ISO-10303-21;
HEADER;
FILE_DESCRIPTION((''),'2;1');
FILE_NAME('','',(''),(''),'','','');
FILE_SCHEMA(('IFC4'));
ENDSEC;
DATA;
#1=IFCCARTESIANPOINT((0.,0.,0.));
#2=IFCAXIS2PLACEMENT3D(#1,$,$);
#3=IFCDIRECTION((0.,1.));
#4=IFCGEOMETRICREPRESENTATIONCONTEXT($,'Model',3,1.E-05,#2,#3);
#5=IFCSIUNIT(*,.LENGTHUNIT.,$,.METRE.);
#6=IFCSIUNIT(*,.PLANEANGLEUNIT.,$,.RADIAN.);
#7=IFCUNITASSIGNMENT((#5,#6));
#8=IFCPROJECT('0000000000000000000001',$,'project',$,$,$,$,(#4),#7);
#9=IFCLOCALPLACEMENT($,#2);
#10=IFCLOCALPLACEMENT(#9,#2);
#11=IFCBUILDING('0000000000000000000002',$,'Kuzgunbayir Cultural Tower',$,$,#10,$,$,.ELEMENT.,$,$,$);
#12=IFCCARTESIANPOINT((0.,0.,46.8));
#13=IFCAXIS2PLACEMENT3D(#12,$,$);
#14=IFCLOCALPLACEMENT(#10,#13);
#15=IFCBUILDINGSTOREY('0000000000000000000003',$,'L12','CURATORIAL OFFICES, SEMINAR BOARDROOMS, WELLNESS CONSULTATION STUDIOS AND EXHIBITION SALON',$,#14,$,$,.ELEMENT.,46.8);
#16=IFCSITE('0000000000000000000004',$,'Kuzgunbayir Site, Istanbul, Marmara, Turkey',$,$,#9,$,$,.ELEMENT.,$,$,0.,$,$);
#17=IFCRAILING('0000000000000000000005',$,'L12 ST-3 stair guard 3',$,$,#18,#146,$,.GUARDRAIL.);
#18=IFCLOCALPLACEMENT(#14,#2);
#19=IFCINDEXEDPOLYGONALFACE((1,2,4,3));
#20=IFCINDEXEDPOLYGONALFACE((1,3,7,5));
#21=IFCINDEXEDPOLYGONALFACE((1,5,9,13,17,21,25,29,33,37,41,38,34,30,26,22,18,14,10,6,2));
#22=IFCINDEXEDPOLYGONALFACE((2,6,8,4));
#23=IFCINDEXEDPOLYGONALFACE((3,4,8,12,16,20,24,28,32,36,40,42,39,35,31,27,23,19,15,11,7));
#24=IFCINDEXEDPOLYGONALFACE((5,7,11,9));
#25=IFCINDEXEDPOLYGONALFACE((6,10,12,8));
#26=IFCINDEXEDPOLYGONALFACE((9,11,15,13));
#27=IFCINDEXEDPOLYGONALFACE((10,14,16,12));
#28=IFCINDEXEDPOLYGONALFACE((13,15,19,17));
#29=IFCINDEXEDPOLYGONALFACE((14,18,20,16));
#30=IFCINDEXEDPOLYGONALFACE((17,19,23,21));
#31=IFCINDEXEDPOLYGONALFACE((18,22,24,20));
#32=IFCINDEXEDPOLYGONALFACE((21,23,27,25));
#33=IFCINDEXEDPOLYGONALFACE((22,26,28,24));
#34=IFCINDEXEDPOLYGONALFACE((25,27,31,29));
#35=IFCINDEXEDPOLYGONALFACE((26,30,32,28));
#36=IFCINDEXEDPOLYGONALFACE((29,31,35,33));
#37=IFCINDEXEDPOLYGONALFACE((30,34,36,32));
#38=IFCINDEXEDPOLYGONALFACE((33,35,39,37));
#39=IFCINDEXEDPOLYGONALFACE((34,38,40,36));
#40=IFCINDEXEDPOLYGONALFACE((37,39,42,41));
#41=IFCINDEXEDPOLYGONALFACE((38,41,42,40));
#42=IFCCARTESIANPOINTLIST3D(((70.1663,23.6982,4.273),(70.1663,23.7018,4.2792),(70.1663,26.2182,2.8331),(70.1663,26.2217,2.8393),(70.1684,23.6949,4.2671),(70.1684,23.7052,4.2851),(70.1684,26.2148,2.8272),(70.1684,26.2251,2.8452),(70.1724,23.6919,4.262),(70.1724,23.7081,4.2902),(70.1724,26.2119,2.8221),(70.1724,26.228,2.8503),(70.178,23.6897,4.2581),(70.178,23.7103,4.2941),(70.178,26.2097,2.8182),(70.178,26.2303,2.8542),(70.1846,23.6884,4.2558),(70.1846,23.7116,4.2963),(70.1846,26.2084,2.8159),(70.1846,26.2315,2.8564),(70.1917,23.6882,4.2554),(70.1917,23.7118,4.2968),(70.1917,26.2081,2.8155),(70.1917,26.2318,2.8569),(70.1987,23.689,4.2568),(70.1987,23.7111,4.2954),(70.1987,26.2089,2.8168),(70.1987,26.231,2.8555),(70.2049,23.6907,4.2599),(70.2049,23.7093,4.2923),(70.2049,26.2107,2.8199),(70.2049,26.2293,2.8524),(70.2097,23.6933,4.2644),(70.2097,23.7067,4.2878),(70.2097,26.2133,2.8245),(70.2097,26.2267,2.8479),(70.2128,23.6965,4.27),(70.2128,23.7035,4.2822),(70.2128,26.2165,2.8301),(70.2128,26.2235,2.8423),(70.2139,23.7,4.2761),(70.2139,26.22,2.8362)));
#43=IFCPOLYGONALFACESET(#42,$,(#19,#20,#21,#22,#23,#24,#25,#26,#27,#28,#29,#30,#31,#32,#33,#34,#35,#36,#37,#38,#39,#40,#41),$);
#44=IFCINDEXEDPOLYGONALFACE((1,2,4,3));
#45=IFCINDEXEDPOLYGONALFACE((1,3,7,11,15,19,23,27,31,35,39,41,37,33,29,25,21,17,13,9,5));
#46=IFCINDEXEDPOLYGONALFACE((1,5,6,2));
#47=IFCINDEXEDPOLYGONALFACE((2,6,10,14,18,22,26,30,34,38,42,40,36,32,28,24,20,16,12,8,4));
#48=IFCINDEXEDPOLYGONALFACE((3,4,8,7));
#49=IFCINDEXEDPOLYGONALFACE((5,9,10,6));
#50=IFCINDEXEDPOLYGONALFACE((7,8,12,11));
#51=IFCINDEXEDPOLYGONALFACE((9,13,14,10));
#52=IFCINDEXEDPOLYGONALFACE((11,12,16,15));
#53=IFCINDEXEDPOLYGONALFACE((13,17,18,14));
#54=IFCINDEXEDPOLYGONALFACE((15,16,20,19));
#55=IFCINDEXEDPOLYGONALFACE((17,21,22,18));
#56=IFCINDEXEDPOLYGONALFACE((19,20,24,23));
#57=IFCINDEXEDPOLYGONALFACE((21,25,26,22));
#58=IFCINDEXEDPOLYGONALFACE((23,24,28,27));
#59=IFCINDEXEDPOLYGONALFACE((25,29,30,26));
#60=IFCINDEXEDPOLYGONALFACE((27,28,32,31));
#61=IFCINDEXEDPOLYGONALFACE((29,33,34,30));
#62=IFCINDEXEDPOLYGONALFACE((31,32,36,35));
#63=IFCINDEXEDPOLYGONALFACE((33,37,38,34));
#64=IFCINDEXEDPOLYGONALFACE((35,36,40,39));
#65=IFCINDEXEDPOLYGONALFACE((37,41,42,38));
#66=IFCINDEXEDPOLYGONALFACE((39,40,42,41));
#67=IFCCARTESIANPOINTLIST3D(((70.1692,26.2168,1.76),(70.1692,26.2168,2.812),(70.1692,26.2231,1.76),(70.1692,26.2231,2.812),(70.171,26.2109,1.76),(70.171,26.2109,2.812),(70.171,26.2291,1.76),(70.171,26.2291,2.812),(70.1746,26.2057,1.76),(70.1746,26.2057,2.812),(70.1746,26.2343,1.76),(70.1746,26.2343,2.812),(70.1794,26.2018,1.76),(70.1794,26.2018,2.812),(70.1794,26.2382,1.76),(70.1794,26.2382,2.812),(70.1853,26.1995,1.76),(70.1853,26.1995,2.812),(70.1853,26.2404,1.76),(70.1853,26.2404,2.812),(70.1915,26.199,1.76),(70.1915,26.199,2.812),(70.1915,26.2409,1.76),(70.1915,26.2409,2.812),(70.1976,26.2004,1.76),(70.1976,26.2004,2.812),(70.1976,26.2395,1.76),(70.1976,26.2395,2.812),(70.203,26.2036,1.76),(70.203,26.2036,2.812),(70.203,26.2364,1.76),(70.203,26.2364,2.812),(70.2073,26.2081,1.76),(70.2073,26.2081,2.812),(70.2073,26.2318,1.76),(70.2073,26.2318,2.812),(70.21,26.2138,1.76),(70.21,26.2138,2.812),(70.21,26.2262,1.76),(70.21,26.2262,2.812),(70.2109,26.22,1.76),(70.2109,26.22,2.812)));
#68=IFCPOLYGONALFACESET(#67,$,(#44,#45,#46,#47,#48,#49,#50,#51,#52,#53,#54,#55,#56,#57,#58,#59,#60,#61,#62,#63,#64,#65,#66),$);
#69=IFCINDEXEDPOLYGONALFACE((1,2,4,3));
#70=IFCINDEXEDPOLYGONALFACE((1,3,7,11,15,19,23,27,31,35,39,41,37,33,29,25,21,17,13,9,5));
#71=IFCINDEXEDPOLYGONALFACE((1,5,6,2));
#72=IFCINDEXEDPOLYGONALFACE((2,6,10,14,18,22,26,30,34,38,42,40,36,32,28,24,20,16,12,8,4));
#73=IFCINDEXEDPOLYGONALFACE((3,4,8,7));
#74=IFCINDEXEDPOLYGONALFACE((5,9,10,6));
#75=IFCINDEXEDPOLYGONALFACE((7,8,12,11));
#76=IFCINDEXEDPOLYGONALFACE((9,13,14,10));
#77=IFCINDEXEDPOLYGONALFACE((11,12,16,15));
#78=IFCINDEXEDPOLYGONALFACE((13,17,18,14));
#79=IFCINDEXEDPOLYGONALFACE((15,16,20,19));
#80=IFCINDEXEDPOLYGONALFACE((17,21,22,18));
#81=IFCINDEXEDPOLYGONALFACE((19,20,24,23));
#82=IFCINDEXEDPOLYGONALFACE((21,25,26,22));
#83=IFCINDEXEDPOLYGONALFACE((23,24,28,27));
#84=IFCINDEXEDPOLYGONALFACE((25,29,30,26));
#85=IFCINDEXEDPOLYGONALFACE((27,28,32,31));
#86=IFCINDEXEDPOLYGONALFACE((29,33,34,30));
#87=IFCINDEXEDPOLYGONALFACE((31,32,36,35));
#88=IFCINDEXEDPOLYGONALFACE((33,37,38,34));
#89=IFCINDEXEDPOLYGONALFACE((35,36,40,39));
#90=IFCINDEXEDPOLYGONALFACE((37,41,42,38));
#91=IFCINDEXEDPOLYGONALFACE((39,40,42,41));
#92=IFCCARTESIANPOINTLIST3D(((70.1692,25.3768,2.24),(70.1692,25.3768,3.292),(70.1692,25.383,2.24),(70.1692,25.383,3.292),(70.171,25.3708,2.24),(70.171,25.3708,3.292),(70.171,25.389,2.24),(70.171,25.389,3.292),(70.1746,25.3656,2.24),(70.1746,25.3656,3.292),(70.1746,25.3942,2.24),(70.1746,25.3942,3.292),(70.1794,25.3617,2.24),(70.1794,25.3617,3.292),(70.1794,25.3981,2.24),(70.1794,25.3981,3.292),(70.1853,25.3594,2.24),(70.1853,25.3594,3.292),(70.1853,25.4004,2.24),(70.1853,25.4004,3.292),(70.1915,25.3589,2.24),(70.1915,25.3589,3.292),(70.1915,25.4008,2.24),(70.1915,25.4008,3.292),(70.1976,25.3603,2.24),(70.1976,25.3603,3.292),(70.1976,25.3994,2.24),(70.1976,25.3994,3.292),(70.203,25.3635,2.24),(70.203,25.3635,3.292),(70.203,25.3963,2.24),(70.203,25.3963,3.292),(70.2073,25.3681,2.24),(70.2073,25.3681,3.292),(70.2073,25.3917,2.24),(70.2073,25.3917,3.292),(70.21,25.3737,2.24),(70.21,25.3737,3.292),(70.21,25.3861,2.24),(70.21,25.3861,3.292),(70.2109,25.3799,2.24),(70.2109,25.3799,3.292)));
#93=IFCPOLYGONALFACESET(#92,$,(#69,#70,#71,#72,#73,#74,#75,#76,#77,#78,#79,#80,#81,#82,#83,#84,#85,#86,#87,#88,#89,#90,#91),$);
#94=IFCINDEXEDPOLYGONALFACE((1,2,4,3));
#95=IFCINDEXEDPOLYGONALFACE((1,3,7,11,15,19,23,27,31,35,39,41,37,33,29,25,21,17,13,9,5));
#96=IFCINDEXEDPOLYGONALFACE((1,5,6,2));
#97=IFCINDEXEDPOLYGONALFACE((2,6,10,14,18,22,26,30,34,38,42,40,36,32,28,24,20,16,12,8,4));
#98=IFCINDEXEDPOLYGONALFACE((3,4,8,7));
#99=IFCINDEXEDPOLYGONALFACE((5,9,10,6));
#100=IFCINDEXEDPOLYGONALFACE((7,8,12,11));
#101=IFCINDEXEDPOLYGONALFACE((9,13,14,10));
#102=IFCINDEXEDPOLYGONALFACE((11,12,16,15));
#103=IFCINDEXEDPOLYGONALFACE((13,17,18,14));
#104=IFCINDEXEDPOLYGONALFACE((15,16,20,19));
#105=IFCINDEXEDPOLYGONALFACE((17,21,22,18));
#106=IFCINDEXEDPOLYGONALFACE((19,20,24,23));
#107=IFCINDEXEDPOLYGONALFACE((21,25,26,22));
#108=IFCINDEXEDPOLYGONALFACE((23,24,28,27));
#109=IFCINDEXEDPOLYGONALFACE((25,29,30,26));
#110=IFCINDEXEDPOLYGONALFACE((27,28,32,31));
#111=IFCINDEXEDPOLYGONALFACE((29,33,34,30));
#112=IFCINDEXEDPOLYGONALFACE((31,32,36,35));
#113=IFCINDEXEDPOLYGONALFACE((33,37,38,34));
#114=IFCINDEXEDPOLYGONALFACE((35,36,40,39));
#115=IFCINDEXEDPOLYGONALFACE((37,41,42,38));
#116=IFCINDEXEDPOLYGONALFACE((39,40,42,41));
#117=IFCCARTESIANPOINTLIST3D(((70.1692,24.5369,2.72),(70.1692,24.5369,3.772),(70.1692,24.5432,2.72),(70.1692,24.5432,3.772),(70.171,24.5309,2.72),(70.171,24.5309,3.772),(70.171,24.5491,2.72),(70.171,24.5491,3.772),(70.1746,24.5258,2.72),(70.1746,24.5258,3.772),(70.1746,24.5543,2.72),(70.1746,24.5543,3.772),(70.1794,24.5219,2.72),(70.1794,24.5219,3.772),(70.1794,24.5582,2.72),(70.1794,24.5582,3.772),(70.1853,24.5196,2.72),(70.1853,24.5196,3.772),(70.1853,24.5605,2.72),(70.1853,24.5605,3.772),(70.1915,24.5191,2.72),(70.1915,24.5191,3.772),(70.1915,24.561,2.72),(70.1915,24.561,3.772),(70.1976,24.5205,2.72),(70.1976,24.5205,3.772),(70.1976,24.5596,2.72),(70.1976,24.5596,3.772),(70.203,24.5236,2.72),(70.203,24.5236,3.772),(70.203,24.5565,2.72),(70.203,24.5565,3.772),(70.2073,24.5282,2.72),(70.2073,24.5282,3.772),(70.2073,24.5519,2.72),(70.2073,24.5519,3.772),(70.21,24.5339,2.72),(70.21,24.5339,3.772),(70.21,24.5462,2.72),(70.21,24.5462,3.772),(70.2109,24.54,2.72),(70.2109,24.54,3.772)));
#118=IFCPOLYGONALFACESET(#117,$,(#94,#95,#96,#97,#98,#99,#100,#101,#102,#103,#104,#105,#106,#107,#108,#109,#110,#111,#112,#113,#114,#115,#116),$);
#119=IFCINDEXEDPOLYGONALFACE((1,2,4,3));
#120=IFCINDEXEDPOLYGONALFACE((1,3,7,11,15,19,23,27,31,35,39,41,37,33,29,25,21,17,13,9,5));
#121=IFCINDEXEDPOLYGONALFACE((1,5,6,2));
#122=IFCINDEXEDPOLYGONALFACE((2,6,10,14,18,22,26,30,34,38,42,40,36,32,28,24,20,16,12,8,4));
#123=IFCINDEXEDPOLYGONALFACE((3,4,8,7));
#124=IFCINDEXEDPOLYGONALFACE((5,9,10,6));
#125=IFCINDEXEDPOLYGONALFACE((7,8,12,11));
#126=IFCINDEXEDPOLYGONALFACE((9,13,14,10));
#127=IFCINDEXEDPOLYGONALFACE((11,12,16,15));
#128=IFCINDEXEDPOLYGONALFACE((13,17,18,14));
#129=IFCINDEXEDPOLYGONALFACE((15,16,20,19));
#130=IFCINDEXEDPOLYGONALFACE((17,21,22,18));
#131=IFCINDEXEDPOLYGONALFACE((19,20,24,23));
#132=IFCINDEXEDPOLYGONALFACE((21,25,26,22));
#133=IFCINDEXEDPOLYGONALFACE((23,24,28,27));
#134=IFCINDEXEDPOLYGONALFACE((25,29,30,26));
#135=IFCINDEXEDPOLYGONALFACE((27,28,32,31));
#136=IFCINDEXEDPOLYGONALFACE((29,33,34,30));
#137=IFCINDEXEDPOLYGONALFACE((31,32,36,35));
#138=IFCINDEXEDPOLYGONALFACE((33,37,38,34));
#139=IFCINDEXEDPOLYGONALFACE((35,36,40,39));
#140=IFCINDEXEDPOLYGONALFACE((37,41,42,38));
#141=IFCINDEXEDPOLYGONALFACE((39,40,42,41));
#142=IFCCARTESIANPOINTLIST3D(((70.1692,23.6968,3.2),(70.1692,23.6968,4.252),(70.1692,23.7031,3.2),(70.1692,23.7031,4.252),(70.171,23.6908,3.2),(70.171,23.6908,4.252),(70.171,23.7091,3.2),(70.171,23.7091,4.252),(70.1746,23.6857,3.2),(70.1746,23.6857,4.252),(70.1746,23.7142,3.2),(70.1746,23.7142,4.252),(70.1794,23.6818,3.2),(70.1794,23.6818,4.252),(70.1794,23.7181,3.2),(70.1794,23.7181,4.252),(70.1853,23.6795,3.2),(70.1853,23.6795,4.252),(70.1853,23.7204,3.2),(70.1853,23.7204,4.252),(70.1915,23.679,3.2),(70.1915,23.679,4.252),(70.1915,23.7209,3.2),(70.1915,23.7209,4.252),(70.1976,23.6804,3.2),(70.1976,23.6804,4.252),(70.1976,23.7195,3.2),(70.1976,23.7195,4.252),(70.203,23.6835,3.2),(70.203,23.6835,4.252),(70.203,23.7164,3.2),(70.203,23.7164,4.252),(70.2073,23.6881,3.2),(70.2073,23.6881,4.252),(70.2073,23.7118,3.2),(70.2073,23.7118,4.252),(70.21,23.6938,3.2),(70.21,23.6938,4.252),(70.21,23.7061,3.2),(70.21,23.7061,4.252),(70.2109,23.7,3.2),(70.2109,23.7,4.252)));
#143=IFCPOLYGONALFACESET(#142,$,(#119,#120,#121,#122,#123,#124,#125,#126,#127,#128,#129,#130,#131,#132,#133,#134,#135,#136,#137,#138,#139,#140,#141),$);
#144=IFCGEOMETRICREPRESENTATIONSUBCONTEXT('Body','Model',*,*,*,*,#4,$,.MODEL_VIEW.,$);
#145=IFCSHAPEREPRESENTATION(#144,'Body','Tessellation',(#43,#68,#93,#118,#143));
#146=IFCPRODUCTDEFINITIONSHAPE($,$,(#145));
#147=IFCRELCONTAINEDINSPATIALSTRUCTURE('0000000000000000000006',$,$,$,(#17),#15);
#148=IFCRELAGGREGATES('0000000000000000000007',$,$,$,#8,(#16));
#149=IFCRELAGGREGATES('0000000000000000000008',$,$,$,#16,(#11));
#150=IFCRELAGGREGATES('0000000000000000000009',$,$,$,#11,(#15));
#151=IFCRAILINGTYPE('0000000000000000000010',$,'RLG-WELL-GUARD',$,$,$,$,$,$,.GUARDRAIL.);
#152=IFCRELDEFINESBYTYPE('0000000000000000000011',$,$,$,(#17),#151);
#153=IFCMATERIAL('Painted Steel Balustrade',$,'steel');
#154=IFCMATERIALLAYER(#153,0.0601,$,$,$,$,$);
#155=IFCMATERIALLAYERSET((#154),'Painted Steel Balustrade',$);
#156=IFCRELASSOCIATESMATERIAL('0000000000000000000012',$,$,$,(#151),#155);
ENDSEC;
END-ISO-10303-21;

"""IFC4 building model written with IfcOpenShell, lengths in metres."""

from ifc_helpers import new_model, si_unit, direction, frame, origin, origin_2d, place, context, subcontext, project, spatial, circle, extrude, material, layer, layer_set, type_object, element, save


model = new_model("IFC4")

# Units and contexts
model_context = context("Model", 3, precision=1e-05, world=origin(), true_north=direction((0.0, 1.0)))
body_context = subcontext(model_context, "Body", "Model", "MODEL_VIEW")
ifc_project = project(units=[si_unit("LENGTHUNIT", "METRE"), si_unit("PLANEANGLEUNIT", "RADIAN")], contexts=[model_context])

# Site, building, storey
site_placement = place(None, origin())
site = spatial("IfcSite", under=ifc_project, at=site_placement, Name="Kuzgunbayir Site, Istanbul, Marmara, Turkey", CompositionType="ELEMENT", RefElevation=0.0)
building_placement = place(site_placement, origin())
building = spatial("IfcBuilding", under=site, at=building_placement, Name="Kuzgunbayir Cultural Tower", CompositionType="ELEMENT")
storey_placement = place(building_placement, frame((0.0, 0.0, 46.8)))
storey = spatial("IfcBuildingStorey", under=building, at=storey_placement, Name="L12", Description="CURATORIAL OFFICES, SEMINAR BOARDROOMS, WELLNESS CONSULTATION STUDIOS AND EXHIBITION SALON", CompositionType="ELEMENT", Elevation=46.8)

# Railing
ifc_material_1 = material(Name="Painted Steel Balustrade", Category="steel")
ifc_layer_1 = layer(ifc_material_1, 0.0601)
ifc_layer_set_1 = layer_set([ifc_layer_1], Name="Painted Steel Balustrade")
railing_type_1 = type_object("IfcRailingType", Name="RLG-WELL-GUARD", PredefinedType="GUARDRAIL", material=ifc_layer_set_1)
railing_1_placement = place(storey_placement, frame((70.1899, 26.22, 1.76)))
element("IfcRailing", 1, at=railing_1_placement, inside=storey, type_object=railing_type_1, Name="L12 ST-3 stair guard 3", PredefinedType="GUARDRAIL", context=body_context, shape_type="SweptSolid", body=[
    extrude(circle(Radius=0.0239, at=origin_2d()), frame((0.0, 0.0, 1.0762), z_axis=(0.0, -0.868253, 0.496121), x_axis=(1.0, 0.0, 0.0)), (0.0, 0.0, 1.0), 2.9023),
    extrude(circle(Radius=0.021, at=origin_2d()), origin(), (0.0, 0.0, 1.0), 1.052),
    extrude(circle(Radius=0.021, at=origin_2d()), frame((0.0, -0.8401, 0.48)), (0.0, 0.0, 1.0), 1.052),
    extrude(circle(Radius=0.021, at=origin_2d()), frame((0.0, -1.6799, 0.96)), (0.0, 0.0, 1.0), 1.052),
    extrude(circle(Radius=0.021, at=origin_2d()), frame((0.0, -2.52, 1.4399)), (0.0, 0.0, 1.0), 1.052),
])

save(model, "model.ifc")
